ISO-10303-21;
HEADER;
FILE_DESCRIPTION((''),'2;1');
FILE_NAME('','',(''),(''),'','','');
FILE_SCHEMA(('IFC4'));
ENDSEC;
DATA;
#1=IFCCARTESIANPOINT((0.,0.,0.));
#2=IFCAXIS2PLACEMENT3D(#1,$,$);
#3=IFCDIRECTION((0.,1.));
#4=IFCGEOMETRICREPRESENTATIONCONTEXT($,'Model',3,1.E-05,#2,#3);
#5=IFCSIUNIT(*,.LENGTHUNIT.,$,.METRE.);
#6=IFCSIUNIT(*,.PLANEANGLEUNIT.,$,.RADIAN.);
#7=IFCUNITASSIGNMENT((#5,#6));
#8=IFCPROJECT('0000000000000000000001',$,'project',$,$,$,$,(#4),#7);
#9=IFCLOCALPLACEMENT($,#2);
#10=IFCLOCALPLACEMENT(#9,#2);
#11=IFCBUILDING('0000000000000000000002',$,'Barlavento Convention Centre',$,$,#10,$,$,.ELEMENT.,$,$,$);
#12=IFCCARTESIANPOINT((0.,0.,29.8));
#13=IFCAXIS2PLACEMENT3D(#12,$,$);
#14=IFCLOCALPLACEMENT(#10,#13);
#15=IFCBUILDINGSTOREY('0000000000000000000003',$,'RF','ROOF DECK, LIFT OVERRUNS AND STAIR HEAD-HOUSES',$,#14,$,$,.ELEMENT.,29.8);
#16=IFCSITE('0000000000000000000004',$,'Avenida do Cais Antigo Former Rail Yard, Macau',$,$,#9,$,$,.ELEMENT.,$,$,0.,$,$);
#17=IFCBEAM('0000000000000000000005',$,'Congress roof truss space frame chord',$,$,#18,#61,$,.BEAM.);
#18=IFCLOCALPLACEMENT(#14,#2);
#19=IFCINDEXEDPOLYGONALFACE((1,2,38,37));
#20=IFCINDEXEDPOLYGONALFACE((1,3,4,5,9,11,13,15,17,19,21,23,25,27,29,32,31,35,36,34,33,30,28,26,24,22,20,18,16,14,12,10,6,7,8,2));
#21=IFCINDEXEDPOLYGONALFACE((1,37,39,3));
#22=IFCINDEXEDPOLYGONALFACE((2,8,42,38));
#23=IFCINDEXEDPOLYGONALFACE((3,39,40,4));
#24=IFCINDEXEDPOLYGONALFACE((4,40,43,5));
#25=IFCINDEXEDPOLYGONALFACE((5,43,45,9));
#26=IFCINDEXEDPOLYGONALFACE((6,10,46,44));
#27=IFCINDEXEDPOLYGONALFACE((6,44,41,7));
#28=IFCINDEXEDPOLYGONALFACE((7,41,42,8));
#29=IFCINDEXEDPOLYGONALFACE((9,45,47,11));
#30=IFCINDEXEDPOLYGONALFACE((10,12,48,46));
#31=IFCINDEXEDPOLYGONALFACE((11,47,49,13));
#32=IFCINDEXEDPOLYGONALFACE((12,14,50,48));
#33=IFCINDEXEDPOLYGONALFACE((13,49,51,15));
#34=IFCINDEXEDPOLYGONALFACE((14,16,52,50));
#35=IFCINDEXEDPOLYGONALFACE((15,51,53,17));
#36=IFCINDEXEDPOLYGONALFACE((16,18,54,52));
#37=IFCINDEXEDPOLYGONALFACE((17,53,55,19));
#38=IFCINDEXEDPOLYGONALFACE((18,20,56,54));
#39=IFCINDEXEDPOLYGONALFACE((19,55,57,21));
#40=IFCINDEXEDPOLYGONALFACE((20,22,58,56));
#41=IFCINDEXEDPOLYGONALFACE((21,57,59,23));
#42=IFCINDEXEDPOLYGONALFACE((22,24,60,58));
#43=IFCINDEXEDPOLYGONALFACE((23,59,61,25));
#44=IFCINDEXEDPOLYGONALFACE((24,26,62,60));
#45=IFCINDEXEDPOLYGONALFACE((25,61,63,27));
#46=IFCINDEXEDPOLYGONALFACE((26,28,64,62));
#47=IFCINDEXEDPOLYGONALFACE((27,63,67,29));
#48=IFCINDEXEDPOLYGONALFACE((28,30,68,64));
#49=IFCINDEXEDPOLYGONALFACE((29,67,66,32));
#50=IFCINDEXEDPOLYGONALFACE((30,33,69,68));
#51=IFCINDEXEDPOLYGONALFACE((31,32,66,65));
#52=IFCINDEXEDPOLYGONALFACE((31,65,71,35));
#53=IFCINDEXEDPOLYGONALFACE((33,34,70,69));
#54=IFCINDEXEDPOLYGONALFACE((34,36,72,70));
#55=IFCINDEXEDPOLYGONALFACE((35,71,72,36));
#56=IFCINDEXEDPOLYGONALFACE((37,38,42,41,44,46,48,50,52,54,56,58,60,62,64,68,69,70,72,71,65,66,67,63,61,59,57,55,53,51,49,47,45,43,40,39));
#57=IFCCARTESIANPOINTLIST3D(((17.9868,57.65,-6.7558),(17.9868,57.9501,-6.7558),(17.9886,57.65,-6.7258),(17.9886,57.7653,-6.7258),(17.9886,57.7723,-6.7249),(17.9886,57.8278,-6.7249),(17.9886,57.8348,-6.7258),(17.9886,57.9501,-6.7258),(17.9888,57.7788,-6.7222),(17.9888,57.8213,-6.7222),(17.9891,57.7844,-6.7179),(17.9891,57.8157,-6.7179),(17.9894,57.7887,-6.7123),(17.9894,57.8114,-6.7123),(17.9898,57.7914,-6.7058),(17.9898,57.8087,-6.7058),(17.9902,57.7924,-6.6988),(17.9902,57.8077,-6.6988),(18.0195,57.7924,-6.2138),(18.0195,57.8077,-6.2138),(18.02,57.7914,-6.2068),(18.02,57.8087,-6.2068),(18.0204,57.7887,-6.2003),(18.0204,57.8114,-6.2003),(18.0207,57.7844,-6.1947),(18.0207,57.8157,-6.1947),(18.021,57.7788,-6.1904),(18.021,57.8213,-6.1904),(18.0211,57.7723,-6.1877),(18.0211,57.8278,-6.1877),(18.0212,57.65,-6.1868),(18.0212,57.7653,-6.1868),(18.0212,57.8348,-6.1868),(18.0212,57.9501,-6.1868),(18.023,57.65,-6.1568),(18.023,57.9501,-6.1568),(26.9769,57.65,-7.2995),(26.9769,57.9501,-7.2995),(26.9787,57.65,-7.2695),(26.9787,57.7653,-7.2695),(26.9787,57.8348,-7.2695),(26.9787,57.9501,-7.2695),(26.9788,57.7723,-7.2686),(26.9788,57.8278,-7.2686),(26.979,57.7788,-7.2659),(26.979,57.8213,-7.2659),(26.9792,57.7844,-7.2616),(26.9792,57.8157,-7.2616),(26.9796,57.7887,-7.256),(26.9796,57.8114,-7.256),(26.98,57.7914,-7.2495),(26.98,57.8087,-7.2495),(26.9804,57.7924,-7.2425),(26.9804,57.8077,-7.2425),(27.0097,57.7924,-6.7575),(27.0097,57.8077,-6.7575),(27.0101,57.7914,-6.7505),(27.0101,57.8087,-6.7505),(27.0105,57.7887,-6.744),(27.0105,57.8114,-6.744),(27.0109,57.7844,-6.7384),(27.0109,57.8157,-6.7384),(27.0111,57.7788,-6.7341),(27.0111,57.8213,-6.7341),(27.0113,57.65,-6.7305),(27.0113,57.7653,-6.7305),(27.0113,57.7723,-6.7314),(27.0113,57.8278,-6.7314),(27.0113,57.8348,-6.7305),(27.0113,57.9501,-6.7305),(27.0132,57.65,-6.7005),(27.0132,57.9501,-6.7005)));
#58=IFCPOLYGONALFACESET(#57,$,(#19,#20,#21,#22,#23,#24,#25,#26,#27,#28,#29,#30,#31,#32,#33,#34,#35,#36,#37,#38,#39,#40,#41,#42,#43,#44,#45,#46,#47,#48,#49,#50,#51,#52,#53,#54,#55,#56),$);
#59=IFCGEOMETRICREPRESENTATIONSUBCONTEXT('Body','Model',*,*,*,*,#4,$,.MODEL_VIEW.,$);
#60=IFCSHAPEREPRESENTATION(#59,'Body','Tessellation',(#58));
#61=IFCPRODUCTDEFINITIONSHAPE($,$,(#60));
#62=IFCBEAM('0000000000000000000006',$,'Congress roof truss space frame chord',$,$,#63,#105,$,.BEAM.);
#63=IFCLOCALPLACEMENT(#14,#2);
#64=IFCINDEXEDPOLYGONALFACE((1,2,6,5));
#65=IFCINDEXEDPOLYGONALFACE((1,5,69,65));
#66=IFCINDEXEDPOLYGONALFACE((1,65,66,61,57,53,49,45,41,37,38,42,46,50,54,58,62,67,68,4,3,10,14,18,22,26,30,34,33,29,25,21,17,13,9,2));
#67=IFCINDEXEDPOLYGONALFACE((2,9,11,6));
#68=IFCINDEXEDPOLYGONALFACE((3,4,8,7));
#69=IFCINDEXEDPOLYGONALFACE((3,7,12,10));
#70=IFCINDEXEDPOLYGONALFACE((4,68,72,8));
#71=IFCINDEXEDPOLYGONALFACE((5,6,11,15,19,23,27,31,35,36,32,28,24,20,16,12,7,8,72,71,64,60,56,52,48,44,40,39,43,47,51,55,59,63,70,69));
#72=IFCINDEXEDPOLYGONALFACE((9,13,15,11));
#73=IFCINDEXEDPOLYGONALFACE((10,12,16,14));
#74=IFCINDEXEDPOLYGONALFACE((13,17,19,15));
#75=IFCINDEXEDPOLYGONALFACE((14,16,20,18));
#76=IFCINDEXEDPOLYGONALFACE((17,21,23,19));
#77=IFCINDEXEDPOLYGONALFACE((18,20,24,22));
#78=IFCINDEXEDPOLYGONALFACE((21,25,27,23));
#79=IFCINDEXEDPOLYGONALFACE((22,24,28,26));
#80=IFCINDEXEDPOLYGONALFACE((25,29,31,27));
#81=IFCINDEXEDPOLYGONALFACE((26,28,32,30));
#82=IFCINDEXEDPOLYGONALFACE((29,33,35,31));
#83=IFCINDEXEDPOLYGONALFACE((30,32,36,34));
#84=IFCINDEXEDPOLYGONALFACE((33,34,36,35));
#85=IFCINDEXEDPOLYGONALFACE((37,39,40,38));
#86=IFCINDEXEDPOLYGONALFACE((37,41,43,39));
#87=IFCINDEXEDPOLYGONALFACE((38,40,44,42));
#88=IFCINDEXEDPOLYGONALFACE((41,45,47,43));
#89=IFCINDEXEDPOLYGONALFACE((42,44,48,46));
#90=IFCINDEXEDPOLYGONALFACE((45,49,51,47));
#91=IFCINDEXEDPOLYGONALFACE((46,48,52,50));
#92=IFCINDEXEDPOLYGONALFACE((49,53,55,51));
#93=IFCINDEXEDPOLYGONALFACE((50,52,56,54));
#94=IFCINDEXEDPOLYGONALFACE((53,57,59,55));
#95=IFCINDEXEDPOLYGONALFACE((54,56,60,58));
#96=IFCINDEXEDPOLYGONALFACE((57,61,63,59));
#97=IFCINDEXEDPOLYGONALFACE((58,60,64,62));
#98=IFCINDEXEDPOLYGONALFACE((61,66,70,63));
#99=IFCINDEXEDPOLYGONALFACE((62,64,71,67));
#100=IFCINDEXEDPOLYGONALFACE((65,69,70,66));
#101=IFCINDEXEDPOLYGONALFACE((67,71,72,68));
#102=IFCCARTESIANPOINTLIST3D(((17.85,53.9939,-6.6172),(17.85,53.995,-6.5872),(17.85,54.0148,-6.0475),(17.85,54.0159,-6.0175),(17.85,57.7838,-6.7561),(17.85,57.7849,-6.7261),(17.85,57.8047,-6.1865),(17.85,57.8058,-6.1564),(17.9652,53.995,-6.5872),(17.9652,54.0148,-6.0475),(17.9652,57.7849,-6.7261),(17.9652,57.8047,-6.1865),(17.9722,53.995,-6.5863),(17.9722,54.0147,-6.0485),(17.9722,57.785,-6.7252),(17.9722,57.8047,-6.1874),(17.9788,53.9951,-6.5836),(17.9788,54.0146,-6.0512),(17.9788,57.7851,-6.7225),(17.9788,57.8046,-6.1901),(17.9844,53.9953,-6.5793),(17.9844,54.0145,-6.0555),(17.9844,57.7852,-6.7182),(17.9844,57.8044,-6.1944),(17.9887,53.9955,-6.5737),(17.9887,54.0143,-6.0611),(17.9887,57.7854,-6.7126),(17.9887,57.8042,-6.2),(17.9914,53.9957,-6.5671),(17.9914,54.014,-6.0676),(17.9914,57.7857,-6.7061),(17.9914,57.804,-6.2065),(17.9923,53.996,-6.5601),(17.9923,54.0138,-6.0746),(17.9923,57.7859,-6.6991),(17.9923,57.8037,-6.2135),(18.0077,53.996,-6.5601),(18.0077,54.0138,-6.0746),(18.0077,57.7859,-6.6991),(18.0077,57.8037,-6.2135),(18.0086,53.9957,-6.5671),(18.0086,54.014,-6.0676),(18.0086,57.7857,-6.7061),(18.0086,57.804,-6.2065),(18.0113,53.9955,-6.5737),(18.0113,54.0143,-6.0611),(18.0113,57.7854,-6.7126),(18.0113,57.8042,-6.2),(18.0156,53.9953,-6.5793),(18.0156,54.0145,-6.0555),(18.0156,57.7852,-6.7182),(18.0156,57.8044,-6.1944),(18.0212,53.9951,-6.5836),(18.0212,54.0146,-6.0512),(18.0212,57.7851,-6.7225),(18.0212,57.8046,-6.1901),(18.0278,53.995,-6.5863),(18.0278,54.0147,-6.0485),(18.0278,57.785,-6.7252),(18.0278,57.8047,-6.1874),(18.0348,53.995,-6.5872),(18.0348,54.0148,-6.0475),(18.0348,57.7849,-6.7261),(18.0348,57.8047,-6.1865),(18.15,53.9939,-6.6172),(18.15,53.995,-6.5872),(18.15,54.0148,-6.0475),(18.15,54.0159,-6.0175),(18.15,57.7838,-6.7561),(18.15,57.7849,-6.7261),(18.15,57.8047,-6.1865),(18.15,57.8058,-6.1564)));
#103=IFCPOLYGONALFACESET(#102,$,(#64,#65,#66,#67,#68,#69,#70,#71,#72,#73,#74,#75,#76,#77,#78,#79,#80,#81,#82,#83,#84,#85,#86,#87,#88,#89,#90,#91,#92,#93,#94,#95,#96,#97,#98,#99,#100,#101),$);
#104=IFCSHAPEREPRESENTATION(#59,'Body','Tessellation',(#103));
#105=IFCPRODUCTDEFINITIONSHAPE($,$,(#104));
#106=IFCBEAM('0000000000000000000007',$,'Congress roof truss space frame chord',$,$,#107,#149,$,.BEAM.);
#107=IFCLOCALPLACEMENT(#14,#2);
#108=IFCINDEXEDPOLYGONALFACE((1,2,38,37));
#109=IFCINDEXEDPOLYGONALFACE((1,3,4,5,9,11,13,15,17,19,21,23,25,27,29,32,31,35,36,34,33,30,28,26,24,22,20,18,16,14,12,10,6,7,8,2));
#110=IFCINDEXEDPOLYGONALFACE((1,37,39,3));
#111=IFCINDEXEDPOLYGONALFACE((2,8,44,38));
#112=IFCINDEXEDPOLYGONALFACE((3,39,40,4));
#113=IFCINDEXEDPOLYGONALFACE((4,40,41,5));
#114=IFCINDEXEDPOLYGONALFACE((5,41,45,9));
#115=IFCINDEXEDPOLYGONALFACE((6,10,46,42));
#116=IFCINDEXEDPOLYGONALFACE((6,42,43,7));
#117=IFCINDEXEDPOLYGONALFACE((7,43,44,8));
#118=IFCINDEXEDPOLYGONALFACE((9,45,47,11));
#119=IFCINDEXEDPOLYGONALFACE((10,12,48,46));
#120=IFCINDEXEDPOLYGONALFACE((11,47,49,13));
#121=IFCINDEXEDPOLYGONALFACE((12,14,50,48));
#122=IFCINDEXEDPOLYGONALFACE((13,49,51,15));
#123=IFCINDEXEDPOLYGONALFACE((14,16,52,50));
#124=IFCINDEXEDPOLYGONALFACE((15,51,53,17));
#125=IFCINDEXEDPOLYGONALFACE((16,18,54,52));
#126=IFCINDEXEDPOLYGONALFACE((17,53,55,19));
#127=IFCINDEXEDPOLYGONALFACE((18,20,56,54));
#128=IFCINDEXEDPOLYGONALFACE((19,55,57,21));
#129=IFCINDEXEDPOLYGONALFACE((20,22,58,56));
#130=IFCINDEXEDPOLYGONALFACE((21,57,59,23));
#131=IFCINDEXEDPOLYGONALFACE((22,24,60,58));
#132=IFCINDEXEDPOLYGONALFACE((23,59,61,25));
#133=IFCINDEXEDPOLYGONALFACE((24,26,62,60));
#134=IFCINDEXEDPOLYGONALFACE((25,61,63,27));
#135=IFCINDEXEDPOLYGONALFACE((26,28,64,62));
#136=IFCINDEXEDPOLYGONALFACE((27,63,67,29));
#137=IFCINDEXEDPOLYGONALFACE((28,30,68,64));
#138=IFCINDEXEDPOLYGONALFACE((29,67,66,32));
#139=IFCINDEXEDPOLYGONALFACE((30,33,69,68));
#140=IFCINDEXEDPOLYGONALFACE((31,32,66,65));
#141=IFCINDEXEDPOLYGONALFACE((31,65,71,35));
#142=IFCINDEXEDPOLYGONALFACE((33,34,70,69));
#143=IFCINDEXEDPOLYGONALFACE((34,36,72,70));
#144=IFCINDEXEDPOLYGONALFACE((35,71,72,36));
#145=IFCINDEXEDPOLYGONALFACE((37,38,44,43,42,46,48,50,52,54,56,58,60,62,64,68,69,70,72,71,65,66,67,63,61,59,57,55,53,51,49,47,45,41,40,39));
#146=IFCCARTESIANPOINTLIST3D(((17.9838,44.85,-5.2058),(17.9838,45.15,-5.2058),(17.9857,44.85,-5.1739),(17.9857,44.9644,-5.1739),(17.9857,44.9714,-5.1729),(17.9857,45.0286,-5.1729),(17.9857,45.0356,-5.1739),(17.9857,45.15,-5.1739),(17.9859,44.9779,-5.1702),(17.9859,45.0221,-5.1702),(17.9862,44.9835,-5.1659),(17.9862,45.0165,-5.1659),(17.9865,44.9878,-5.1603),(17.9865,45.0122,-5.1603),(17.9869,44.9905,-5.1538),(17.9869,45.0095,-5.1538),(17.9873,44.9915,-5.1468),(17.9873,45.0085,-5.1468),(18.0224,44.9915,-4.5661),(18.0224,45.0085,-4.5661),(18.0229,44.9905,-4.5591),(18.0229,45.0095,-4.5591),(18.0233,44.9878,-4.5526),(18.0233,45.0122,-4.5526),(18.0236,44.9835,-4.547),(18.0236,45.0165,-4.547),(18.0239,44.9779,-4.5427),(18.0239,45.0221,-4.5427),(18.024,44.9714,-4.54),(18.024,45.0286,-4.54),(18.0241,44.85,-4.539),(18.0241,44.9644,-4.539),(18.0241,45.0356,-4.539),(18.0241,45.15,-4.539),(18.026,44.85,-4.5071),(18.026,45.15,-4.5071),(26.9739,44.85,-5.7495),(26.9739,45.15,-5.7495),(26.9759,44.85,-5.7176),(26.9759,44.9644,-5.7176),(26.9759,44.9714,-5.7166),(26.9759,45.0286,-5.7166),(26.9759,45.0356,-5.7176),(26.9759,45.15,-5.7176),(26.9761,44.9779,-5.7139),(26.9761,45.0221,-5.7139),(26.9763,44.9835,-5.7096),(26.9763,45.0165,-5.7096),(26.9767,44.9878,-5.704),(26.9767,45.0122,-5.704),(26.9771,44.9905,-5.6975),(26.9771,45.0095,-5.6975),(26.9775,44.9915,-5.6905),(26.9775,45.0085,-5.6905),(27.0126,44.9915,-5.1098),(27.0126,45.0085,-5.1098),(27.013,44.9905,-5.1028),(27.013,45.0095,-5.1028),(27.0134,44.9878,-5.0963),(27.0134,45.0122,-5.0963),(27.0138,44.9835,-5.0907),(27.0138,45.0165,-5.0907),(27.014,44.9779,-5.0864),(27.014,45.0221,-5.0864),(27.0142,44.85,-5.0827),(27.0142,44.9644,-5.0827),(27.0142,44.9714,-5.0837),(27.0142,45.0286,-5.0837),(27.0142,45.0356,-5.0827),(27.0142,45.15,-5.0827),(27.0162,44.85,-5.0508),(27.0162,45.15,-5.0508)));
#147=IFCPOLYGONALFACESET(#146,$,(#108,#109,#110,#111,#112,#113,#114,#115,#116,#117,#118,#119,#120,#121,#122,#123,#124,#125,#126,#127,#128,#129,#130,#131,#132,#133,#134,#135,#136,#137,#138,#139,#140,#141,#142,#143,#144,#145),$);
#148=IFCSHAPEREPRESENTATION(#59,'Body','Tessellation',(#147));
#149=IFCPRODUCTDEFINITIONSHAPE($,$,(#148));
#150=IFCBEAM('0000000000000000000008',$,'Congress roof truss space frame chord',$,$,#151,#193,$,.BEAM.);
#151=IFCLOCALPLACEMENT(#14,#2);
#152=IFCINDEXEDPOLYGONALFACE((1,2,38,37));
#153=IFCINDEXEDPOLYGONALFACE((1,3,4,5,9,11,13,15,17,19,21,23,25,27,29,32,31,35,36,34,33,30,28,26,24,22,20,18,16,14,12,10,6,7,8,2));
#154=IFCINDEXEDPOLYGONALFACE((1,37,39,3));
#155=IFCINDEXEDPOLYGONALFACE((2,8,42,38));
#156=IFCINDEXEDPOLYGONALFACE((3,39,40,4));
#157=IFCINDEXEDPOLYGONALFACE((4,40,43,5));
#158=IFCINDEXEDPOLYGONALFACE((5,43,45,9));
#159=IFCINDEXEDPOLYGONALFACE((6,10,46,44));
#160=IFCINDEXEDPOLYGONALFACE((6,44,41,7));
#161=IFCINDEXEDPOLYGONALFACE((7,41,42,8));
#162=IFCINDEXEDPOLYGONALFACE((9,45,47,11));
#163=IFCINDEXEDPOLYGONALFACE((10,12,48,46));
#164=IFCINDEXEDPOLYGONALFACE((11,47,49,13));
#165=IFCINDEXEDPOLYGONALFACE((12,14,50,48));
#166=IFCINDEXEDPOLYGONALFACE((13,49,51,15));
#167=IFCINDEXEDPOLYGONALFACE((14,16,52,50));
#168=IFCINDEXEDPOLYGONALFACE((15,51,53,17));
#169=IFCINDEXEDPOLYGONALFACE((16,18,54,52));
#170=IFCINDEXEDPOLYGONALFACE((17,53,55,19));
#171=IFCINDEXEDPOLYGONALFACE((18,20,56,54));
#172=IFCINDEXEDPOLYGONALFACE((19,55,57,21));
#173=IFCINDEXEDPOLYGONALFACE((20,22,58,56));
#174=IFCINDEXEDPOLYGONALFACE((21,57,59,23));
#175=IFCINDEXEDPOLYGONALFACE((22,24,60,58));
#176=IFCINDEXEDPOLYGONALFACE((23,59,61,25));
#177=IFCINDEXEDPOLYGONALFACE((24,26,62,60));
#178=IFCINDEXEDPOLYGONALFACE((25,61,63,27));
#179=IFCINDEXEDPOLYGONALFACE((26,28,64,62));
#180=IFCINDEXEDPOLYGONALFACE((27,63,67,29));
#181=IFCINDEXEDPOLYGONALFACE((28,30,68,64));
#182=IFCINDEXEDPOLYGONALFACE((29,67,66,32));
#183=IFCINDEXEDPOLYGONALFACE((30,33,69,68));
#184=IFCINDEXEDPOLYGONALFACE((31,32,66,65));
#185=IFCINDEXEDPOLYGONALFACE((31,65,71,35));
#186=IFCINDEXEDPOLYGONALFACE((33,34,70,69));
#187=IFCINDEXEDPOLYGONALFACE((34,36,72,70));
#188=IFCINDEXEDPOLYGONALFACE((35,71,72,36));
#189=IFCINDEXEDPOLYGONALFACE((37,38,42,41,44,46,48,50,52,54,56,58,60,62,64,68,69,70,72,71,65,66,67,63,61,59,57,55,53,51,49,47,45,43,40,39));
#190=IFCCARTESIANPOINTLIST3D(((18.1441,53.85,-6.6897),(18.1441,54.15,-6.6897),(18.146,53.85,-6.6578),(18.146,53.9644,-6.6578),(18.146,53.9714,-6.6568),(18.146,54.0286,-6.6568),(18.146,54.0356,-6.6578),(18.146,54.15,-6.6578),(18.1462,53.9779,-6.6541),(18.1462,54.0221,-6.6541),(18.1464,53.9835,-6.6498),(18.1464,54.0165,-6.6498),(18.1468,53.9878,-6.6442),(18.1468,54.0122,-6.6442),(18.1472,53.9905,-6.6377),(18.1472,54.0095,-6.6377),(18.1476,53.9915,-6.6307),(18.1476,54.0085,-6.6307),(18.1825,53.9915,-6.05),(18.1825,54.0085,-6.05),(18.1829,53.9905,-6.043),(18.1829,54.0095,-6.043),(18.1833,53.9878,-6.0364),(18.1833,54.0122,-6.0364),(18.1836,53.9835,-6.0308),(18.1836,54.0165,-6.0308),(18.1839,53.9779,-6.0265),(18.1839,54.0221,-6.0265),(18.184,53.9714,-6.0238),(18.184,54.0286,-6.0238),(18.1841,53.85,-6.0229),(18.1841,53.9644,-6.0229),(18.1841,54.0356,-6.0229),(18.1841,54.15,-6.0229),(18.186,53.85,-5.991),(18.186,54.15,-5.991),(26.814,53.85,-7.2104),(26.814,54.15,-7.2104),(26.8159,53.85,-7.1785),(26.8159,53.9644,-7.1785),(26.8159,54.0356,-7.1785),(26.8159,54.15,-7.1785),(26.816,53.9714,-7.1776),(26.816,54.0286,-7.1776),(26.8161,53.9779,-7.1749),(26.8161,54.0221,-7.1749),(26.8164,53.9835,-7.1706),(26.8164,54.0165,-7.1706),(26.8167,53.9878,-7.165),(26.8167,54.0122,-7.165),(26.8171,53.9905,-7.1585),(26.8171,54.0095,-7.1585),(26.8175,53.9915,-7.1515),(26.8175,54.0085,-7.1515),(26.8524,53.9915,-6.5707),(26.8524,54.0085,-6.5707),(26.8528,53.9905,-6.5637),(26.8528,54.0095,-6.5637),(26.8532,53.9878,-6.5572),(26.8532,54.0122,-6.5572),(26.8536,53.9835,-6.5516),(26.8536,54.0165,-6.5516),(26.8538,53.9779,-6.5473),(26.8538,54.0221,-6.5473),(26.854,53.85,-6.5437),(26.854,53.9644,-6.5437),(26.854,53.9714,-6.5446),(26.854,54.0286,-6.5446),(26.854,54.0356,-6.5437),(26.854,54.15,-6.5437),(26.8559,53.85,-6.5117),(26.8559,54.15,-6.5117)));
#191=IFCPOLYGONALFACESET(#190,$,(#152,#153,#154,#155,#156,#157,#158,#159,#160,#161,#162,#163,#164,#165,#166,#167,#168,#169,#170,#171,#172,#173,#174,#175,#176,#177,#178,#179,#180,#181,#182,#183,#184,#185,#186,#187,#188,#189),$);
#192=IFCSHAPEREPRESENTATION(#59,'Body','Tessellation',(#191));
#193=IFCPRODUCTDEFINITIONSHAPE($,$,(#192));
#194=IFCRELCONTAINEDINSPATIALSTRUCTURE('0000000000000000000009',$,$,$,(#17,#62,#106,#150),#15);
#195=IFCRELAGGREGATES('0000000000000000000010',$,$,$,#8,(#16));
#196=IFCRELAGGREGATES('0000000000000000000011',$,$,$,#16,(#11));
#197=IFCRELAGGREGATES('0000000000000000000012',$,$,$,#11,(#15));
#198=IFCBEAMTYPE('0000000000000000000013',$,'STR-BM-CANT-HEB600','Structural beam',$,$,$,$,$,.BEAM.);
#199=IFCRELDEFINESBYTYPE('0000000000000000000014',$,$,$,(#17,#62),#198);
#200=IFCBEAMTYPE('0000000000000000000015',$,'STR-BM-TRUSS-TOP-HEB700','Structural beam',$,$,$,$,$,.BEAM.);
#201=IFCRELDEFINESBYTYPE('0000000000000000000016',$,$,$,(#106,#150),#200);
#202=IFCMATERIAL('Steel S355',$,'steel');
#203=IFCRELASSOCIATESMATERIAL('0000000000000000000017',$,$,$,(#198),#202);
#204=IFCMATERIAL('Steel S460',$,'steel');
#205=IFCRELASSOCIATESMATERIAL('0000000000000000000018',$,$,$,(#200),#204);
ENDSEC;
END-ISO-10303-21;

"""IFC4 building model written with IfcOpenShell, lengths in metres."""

from ifc_helpers import new_model, si_unit, direction, frame, origin, origin_2d, place, context, subcontext, project, spatial, i_section, extrude, material, material_profile, profile_set, type_object, element, save


model = new_model("IFC4")

# Units and contexts
model_context = context("Model", 3, precision=1e-05, world=origin(), true_north=direction((0.0, 1.0)))
body_context = subcontext(model_context, "Body", "Model", "MODEL_VIEW")
ifc_project = project(units=[si_unit("LENGTHUNIT", "METRE"), si_unit("PLANEANGLEUNIT", "RADIAN")], contexts=[model_context])

# Site, building, storey
site_placement = place(None, origin())
site = spatial("IfcSite", under=ifc_project, at=site_placement, Name="Avenida do Cais Antigo Former Rail Yard, Macau", CompositionType="ELEMENT", RefElevation=0.0)
building_placement = place(site_placement, origin())
building = spatial("IfcBuilding", under=site, at=building_placement, Name="Barlavento Convention Centre", CompositionType="ELEMENT")
storey_placement = place(building_placement, frame((0.0, 0.0, 29.8)))
storey = spatial("IfcBuildingStorey", under=building, at=storey_placement, Name="RF", Description="ROOF DECK, LIFT OVERRUNS AND STAIR HEAD-HOUSES", CompositionType="ELEMENT", Elevation=29.8)

# Beams
ifc_material_1 = material(Name="Steel S355", Category="steel")
ifc_material_profile_1 = material_profile(ifc_material_1, i_section(OverallWidth=0.3, OverallDepth=0.6001, WebThickness=0.0154, FlangeThickness=0.03, FilletRadius=0.0271, at=origin_2d()), Name="HEB 600")
ifc_profile_set_1 = profile_set([ifc_material_profile_1], Name="Steel S355")
beam_type_1 = type_object("IfcBeamType", Name="STR-BM-CANT-HEB600", Description="Structural beam", PredefinedType="BEAM", material=ifc_profile_set_1)
beam_1_placement = place(storey_placement, frame((18.0049, 57.8, -6.4563), z_axis=(0.998176, 0.0, -0.060367), x_axis=(0.0, 1.0, 0.0)))
element("IfcBeam", 1, at=beam_1_placement, inside=storey, type_object=beam_type_1, Name="Congress roof truss space frame chord", PredefinedType="BEAM", context=body_context, shape_type="SweptSolid", body=[
    extrude(i_section(OverallWidth=0.3, OverallDepth=0.6001, WebThickness=0.0154, FlangeThickness=0.03, FilletRadius=0.0271, at=origin_2d()), origin(), (0.0, 0.0, 1.0), 9.0066),
])
beam_2_placement = place(storey_placement, frame((18.0, 54.0049, -6.3174), z_axis=(0.0, 0.999329, -0.036628), x_axis=(-1.0, 0.0, 0.0)))
element("IfcBeam", 2, at=beam_2_placement, inside=storey, type_object=beam_type_1, Name="Congress roof truss space frame chord", PredefinedType="BEAM", context=body_context, shape_type="SweptSolid", body=[
    extrude(i_section(OverallWidth=0.3, OverallDepth=0.6001, WebThickness=0.0154, FlangeThickness=0.03, FilletRadius=0.0271, at=origin_2d()), origin(), (0.0, 0.0, 1.0), 3.7925),
])
ifc_material_2 = material(Name="Steel S460", Category="steel")
ifc_material_profile_2 = material_profile(ifc_material_2, i_section(OverallWidth=0.3, OverallDepth=0.7, WebThickness=0.0171, FlangeThickness=0.032, FilletRadius=0.0271, at=origin_2d()), Name="HEB 700")
ifc_profile_set_2 = profile_set([ifc_material_profile_2], Name="Steel S460")
beam_type_2 = type_object("IfcBeamType", Name="STR-BM-TRUSS-TOP-HEB700", Description="Structural beam", PredefinedType="BEAM", material=ifc_profile_set_2)
beam_3_placement = place(storey_placement, frame((18.0049, 45.0, -4.8564), z_axis=(0.998176, 0.0, -0.060367), x_axis=(0.0, 1.0, 0.0)))
element("IfcBeam", 3, at=beam_3_placement, inside=storey, type_object=beam_type_2, Name="Congress roof truss space frame chord", PredefinedType="BEAM", context=body_context, shape_type="SweptSolid", body=[
    extrude(i_section(OverallWidth=0.3, OverallDepth=0.7, WebThickness=0.0171, FlangeThickness=0.032, FilletRadius=0.0271, at=origin_2d()), origin(), (0.0, 0.0, 1.0), 9.0066),
])
beam_4_placement = place(storey_placement, frame((18.165, 54.0, -6.3403), z_axis=(0.998201, 0.0, -0.059956), x_axis=(0.0, 1.0, 0.0)))
element("IfcBeam", 4, at=beam_4_placement, inside=storey, type_object=beam_type_2, Name="Congress roof truss space frame chord", PredefinedType="BEAM", context=body_context, shape_type="SweptSolid", body=[
    extrude(i_section(OverallWidth=0.3, OverallDepth=0.7, WebThickness=0.0171, FlangeThickness=0.032, FilletRadius=0.0271, at=origin_2d()), origin(), (0.0, 0.0, 1.0), 8.6855),
])

save(model, "model.ifc")
